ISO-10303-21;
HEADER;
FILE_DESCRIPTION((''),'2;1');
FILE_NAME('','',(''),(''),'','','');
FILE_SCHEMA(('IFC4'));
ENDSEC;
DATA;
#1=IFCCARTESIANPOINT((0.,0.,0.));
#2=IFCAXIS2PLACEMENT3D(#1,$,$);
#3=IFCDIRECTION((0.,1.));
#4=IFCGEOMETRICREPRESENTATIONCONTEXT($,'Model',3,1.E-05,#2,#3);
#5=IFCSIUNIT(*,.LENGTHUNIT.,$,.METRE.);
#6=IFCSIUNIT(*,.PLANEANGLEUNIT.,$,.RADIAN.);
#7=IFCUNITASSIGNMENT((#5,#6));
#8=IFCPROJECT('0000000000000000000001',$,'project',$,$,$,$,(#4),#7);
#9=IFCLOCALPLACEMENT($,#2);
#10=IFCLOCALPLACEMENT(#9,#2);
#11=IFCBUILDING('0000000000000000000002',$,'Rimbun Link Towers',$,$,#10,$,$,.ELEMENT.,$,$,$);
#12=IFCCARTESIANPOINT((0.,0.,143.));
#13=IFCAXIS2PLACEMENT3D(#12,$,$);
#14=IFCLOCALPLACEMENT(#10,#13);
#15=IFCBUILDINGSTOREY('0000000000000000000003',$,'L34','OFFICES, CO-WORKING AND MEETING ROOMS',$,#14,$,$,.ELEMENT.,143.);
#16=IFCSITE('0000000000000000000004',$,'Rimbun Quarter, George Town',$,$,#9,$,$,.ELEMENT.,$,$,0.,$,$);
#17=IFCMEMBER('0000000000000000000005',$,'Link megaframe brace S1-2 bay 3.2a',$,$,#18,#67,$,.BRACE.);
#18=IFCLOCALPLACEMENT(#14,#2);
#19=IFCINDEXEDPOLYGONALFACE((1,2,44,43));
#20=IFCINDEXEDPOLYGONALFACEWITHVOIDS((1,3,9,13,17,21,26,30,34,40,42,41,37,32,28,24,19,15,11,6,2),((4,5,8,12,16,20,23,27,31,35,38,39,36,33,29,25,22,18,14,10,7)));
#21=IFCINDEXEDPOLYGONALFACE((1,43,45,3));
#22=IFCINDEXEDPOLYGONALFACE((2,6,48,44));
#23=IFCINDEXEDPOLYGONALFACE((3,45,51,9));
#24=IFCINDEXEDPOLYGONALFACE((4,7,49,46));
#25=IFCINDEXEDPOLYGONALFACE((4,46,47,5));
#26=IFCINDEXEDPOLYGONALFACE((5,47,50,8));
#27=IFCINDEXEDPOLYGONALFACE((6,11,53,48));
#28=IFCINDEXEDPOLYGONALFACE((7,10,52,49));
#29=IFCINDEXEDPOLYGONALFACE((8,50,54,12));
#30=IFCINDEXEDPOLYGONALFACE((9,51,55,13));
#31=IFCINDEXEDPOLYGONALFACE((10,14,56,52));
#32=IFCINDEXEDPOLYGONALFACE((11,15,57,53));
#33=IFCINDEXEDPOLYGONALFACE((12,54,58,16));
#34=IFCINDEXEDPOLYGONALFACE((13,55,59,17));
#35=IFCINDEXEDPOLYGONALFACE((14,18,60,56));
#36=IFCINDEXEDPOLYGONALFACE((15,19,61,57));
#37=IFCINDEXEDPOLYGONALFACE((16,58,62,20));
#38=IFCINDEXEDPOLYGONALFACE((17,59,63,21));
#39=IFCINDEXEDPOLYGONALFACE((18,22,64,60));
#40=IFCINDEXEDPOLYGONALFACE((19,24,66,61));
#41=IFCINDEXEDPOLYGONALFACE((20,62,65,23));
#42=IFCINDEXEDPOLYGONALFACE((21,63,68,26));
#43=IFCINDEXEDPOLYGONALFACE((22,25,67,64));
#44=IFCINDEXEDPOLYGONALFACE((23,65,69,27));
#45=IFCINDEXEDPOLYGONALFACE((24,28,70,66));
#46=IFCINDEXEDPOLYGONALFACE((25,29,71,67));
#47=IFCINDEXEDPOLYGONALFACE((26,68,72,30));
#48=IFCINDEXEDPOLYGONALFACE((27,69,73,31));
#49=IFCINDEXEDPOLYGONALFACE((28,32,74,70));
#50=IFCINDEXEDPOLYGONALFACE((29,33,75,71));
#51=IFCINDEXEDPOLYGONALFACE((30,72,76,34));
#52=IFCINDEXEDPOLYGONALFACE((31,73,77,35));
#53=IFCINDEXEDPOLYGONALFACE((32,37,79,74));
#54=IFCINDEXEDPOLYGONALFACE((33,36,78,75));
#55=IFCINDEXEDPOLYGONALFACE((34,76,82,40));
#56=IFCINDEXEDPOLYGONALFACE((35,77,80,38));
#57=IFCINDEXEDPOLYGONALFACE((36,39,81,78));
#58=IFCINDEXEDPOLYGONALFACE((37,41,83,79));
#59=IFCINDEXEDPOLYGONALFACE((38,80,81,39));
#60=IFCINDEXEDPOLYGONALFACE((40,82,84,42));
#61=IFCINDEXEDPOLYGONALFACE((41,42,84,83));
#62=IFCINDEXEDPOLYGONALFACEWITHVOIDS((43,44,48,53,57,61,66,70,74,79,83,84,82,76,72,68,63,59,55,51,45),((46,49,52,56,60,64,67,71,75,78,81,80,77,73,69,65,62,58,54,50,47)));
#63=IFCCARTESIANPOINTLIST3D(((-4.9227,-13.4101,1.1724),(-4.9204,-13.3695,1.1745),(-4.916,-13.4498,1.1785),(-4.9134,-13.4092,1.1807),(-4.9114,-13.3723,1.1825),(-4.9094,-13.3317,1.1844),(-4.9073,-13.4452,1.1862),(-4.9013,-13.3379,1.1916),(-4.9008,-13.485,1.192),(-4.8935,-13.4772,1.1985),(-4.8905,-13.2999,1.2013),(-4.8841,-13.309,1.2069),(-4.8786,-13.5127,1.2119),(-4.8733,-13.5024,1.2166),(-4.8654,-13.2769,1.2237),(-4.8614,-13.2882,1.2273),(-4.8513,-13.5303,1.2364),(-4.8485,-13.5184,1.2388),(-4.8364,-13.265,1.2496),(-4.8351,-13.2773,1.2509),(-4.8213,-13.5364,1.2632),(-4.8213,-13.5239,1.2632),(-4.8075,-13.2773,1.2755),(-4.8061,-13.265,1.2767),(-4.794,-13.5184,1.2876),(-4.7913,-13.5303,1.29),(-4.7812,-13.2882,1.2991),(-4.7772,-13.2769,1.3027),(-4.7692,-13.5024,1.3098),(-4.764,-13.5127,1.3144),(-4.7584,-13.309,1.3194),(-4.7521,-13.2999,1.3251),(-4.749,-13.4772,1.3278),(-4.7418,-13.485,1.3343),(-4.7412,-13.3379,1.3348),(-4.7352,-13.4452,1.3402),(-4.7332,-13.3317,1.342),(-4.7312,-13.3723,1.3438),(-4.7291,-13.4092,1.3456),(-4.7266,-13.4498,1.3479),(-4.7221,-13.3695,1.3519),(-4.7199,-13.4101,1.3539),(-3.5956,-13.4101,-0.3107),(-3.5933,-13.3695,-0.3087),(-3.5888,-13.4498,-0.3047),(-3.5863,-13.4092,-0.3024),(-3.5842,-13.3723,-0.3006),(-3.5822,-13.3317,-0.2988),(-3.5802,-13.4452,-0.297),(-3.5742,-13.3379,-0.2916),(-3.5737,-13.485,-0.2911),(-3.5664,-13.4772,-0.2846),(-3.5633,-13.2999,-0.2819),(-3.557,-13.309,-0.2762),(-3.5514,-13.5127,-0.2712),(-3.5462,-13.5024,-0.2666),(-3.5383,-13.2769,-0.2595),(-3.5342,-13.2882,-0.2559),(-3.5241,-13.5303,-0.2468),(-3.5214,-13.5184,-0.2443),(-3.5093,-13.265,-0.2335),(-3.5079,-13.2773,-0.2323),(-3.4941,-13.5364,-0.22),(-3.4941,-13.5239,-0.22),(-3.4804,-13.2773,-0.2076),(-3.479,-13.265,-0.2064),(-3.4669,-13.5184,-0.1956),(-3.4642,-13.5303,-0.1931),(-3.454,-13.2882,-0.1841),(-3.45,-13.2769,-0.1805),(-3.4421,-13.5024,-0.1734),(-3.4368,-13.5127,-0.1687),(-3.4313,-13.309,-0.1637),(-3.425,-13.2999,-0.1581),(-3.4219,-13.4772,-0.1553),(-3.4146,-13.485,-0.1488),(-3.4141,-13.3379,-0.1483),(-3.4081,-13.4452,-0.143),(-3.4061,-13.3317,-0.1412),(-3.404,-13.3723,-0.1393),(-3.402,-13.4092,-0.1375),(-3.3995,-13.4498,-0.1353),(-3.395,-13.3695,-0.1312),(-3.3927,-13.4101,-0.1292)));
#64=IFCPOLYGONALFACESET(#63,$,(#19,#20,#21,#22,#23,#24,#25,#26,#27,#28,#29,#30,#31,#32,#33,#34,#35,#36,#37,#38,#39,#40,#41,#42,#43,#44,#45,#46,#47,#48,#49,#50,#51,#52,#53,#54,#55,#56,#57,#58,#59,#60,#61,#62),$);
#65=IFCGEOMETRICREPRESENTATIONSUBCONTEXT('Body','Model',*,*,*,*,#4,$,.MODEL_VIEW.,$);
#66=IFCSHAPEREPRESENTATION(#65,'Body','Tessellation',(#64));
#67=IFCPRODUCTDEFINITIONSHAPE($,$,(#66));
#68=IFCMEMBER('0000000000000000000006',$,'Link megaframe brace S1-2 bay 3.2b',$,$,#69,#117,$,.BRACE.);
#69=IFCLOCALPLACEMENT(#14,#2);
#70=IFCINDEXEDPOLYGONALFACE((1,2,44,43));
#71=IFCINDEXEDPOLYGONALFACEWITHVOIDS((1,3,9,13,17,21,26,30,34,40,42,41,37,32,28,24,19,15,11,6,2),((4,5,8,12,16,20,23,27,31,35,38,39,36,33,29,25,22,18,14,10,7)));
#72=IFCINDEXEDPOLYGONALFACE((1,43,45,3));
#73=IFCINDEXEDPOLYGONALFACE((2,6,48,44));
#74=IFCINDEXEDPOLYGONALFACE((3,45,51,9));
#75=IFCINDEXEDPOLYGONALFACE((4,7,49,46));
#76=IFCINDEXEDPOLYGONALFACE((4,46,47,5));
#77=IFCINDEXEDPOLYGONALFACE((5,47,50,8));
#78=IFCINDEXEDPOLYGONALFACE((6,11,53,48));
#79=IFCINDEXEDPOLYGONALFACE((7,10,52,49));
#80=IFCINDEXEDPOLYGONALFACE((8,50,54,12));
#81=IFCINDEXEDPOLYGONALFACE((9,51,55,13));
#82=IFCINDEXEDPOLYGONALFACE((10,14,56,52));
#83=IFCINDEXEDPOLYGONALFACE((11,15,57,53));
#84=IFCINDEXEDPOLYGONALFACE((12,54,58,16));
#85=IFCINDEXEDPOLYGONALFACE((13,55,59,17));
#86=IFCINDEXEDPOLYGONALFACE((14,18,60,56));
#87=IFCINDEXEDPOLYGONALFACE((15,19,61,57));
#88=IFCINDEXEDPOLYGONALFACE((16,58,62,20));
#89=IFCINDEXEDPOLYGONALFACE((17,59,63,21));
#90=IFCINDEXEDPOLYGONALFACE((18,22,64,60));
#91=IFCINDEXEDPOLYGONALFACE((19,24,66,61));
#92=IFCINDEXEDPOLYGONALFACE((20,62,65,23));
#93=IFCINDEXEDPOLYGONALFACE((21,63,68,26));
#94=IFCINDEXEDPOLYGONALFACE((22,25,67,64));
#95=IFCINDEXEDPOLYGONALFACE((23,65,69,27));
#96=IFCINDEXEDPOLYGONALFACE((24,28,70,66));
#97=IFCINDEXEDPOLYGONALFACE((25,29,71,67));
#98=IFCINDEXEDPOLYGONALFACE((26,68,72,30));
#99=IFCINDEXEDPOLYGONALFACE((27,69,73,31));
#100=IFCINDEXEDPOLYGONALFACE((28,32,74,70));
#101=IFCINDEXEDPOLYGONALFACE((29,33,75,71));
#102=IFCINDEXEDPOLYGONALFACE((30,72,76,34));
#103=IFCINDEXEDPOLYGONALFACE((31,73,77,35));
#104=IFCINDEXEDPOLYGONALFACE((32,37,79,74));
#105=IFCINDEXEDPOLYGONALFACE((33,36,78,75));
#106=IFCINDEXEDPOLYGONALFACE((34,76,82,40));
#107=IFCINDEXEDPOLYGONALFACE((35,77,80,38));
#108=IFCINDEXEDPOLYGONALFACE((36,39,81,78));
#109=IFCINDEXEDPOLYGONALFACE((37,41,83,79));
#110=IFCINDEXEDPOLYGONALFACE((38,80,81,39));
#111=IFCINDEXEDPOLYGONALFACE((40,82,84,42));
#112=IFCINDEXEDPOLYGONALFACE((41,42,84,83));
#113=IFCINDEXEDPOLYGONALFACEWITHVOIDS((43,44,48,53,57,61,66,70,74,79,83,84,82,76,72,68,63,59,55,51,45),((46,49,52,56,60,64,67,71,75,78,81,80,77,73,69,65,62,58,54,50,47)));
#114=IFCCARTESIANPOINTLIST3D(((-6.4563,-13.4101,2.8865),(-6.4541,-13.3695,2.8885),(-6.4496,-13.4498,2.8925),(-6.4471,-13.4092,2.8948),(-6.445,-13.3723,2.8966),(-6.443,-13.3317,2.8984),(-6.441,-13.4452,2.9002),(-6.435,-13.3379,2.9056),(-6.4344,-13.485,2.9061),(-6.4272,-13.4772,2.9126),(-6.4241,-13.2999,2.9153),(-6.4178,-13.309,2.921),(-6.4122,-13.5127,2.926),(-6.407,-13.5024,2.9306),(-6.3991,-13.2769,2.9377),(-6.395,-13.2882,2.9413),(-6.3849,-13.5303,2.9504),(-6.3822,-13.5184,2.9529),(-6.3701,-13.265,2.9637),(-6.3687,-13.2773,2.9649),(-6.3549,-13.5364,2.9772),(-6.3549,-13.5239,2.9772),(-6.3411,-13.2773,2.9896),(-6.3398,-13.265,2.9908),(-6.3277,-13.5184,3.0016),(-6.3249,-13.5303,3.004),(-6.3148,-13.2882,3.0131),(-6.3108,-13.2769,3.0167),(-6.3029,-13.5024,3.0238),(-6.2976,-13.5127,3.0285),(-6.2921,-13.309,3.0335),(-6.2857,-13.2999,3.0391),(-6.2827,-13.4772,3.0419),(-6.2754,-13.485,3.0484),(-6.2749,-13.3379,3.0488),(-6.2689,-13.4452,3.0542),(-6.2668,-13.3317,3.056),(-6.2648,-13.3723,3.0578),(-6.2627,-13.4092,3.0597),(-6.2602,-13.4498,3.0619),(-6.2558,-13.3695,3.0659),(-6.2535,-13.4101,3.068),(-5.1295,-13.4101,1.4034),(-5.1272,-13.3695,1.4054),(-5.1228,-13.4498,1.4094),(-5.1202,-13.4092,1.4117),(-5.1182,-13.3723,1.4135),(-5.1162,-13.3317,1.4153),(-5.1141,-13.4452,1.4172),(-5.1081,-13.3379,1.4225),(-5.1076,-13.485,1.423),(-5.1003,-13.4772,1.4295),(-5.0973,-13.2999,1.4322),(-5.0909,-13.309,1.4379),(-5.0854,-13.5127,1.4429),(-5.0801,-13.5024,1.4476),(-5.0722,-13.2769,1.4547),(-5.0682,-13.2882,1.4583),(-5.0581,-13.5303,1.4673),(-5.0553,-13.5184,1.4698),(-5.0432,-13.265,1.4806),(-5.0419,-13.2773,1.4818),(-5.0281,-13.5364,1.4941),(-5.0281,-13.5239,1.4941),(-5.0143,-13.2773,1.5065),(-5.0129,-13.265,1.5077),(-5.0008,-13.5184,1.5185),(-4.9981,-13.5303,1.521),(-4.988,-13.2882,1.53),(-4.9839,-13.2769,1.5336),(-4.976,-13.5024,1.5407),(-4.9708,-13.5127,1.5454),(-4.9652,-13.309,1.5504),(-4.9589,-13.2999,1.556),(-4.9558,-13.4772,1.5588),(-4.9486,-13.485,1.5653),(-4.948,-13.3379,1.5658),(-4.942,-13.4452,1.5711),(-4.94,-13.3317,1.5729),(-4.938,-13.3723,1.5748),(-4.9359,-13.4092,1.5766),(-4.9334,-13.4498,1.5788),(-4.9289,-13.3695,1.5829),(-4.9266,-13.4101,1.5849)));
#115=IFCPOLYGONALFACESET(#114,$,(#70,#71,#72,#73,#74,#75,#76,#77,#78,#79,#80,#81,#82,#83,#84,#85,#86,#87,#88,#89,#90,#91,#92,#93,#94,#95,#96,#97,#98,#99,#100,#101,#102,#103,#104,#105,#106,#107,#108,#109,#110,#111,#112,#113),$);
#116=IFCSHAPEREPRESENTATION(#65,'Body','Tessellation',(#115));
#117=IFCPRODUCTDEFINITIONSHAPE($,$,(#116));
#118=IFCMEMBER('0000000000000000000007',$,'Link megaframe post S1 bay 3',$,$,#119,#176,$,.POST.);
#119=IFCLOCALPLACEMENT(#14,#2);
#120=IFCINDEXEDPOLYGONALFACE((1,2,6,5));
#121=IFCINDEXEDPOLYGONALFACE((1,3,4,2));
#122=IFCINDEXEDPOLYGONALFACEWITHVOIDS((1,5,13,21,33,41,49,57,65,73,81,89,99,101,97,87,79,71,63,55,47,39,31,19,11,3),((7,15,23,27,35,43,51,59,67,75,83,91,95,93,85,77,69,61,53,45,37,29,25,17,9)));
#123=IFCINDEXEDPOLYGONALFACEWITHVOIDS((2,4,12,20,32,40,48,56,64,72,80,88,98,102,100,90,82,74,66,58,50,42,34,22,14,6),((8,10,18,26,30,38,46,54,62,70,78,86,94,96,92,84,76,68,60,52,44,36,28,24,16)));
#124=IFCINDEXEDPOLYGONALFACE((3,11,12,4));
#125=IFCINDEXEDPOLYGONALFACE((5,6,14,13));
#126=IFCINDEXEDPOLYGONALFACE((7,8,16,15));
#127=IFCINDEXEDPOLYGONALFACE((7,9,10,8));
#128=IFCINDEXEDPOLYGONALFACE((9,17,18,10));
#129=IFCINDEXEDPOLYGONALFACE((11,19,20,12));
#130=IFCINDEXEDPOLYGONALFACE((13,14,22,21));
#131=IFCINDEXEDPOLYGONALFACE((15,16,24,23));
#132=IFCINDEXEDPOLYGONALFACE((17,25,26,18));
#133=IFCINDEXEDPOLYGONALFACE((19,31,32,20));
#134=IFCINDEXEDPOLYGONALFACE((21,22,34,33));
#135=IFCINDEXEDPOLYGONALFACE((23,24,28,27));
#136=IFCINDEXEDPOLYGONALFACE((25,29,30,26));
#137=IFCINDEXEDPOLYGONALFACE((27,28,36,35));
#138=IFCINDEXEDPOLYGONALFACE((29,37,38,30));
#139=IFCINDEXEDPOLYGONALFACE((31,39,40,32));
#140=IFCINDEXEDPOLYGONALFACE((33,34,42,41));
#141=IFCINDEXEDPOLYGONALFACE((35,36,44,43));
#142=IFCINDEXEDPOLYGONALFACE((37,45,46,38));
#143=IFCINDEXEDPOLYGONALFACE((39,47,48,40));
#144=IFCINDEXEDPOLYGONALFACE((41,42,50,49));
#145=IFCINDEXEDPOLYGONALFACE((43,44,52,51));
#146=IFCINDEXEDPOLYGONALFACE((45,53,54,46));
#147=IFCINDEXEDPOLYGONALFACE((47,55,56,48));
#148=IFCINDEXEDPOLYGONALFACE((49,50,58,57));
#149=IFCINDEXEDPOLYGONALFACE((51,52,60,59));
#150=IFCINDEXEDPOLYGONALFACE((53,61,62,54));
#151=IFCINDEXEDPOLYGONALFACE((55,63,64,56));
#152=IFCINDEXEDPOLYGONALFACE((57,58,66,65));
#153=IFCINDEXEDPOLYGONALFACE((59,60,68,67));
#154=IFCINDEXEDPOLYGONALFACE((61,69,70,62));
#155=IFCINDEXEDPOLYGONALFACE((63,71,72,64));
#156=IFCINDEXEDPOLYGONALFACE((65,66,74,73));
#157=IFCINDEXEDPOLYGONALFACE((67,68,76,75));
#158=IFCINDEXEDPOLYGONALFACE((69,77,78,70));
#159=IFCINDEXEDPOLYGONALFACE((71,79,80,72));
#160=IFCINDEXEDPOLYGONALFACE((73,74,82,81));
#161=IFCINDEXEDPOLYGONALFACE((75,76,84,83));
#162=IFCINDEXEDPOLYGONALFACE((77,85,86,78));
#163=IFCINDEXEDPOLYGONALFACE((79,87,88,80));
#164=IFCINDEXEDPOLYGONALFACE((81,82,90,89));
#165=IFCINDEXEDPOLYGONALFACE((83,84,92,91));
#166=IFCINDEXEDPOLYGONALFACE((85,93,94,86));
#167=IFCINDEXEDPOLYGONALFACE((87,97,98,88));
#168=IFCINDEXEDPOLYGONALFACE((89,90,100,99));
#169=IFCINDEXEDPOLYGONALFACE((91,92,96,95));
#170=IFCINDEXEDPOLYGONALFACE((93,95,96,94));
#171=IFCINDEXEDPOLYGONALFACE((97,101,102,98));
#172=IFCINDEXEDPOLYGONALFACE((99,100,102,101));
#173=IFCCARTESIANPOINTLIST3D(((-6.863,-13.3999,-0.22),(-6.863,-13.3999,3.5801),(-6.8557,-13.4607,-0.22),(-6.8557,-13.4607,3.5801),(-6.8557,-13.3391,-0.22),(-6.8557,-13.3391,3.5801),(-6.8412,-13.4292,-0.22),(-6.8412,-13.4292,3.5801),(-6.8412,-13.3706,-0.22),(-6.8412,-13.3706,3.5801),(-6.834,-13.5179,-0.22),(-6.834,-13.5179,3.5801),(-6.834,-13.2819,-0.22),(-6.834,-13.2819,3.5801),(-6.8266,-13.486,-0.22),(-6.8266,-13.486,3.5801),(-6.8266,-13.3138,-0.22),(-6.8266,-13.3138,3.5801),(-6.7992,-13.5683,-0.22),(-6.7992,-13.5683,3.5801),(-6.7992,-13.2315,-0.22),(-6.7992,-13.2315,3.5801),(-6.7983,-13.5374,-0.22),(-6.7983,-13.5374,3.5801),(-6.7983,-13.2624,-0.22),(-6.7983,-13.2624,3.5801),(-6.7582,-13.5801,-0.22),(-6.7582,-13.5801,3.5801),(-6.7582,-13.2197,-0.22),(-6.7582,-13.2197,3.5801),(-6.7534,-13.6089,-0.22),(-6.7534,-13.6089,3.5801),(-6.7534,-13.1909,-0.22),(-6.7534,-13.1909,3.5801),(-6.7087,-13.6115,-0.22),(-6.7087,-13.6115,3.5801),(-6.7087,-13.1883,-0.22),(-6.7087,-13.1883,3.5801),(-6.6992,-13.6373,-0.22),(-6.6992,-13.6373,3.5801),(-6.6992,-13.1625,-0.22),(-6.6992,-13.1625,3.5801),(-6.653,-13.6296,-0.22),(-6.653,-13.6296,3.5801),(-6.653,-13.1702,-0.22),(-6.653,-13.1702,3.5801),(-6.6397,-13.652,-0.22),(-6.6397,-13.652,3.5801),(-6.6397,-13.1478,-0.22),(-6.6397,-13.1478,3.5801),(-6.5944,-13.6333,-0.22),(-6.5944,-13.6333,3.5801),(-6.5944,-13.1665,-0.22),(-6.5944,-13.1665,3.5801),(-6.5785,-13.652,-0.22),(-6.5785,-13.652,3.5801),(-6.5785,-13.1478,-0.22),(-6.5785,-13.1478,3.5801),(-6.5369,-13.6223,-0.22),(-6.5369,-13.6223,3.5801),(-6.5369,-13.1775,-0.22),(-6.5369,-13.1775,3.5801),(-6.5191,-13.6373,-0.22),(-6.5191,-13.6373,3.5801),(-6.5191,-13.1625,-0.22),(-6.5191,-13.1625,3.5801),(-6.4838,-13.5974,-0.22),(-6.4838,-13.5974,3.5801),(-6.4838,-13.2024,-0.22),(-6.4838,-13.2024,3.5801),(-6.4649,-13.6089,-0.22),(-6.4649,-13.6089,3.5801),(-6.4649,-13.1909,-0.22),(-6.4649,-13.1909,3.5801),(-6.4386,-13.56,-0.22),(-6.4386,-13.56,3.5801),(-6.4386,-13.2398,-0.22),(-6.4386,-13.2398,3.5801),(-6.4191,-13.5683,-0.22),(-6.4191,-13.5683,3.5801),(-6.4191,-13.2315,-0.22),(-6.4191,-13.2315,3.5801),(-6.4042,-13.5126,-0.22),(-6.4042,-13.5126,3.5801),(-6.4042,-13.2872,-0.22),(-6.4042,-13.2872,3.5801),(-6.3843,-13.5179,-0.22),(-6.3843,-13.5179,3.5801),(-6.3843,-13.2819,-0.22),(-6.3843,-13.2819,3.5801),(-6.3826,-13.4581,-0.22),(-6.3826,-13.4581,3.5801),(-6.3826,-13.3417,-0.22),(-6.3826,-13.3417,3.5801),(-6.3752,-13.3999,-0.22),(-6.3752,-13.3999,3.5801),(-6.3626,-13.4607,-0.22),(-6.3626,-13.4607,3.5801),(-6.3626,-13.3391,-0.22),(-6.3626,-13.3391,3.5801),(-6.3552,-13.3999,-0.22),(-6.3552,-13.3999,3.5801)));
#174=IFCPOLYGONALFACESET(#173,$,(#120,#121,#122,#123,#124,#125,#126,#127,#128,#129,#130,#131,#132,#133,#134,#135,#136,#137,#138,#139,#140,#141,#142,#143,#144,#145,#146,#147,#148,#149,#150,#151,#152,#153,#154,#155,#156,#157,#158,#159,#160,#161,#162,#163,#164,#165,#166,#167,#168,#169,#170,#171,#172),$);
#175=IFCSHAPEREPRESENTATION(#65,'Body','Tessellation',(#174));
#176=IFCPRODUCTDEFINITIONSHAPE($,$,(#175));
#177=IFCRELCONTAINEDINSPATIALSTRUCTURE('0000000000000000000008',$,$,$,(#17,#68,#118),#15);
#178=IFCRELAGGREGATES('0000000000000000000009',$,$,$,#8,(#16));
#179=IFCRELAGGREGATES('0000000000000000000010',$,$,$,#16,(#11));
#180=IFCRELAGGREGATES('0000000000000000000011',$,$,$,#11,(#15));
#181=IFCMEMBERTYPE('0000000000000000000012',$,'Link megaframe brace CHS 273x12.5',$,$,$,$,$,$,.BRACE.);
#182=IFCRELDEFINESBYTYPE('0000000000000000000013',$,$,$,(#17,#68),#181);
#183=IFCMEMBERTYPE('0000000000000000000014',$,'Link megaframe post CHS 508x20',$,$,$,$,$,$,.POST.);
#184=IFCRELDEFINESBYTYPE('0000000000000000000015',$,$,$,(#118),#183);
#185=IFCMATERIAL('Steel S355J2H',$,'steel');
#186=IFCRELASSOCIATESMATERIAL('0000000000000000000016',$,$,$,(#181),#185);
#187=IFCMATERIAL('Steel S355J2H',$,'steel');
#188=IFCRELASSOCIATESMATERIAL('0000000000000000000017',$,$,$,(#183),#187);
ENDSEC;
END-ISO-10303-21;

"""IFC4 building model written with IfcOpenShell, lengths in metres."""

from ifc_helpers import new_model, si_unit, direction, frame, origin, origin_2d, place, context, subcontext, project, spatial, hollow_circle, extrude, material, material_profile, profile_set, type_object, element, save


model = new_model("IFC4")

# Units and contexts
model_context = context("Model", 3, precision=1e-05, world=origin(), true_north=direction((0.0, 1.0)))
body_context = subcontext(model_context, "Body", "Model", "MODEL_VIEW")
ifc_project = project(units=[si_unit("LENGTHUNIT", "METRE"), si_unit("PLANEANGLEUNIT", "RADIAN")], contexts=[model_context])

# Site, building, storey
site_placement = place(None, origin())
site = spatial("IfcSite", under=ifc_project, at=site_placement, Name="Rimbun Quarter, George Town", CompositionType="ELEMENT", RefElevation=0.0)
building_placement = place(site_placement, origin())
building = spatial("IfcBuilding", under=site, at=building_placement, Name="Rimbun Link Towers", CompositionType="ELEMENT")
storey_placement = place(building_placement, frame((0.0, 0.0, 143.0)))
storey = spatial("IfcBuildingStorey", under=building, at=storey_placement, Name="L34", Description="OFFICES, CO-WORKING AND MEETING ROOMS", CompositionType="ELEMENT", Elevation=143.0)

# Members
ifc_material_1 = material(Name="Steel S355J2H", Category="steel")
ifc_material_profile_1 = material_profile(ifc_material_1, hollow_circle(Radius=0.1365, WallThickness=0.0125, at=origin_2d()), Name="CHS 273x12.5")
ifc_profile_set_1 = profile_set([ifc_material_profile_1], Name="Steel S355J2H")
member_type_1 = type_object("IfcMemberType", Name="Link megaframe brace CHS 273x12.5", PredefinedType="BRACE", material=ifc_profile_set_1)
member_1_placement = place(storey_placement, frame((-3.4941, -13.3999, -0.22), z_axis=(-0.666827, 0.0, 0.745212), x_axis=(0.0, -1.0, 0.0)))
element("IfcMember", 1, at=member_1_placement, inside=storey, type_object=member_type_1, Name="Link megaframe brace S1-2 bay 3.2a", PredefinedType="BRACE", context=body_context, shape_type="SweptSolid", body=[
    extrude(hollow_circle(Radius=0.1365, WallThickness=0.0125, at=origin_2d()), origin(), (0.0, 0.0, 1.0), 1.9902),
])
member_2_placement = place(storey_placement, frame((-5.0281, -13.3999, 1.4941), z_axis=(-0.666759, 0.0, 0.745273), x_axis=(0.0, -1.0, 0.0)))
element("IfcMember", 2, at=member_2_placement, inside=storey, type_object=member_type_1, Name="Link megaframe brace S1-2 bay 3.2b", PredefinedType="BRACE", context=body_context, shape_type="SweptSolid", body=[
    extrude(hollow_circle(Radius=0.1365, WallThickness=0.0125, at=origin_2d()), origin(), (0.0, 0.0, 1.0), 1.99),
])
ifc_material_2 = material(Name="Steel S355J2H", Category="steel")
ifc_material_profile_2 = material_profile(ifc_material_2, hollow_circle(Radius=0.2539, WallThickness=0.02, at=origin_2d()), Name="CHS 508x20")
ifc_profile_set_2 = profile_set([ifc_material_profile_2], Name="Steel S355J2H")
member_type_2 = type_object("IfcMemberType", Name="Link megaframe post CHS 508x20", PredefinedType="POST", material=ifc_profile_set_2)
for number, where, z_axis, x_axis, name in (
    (3, (-6.6091, -13.3999, -0.22), (0.0, 0.0, 1.0), (1.0, 0.0, 0.0), "Link megaframe post S1 bay 3"),
):
    element("IfcMember", number, at=place(storey_placement, frame(where, z_axis=z_axis, x_axis=x_axis)), inside=storey, type_object=member_type_2, Name=name, PredefinedType="POST", context=body_context, shape_type="SweptSolid", body=[
        extrude(hollow_circle(Radius=0.2539, WallThickness=0.02, at=origin_2d()), origin(), (0.0, 0.0, 1.0), 3.8),
    ])

save(model, "model.ifc")
